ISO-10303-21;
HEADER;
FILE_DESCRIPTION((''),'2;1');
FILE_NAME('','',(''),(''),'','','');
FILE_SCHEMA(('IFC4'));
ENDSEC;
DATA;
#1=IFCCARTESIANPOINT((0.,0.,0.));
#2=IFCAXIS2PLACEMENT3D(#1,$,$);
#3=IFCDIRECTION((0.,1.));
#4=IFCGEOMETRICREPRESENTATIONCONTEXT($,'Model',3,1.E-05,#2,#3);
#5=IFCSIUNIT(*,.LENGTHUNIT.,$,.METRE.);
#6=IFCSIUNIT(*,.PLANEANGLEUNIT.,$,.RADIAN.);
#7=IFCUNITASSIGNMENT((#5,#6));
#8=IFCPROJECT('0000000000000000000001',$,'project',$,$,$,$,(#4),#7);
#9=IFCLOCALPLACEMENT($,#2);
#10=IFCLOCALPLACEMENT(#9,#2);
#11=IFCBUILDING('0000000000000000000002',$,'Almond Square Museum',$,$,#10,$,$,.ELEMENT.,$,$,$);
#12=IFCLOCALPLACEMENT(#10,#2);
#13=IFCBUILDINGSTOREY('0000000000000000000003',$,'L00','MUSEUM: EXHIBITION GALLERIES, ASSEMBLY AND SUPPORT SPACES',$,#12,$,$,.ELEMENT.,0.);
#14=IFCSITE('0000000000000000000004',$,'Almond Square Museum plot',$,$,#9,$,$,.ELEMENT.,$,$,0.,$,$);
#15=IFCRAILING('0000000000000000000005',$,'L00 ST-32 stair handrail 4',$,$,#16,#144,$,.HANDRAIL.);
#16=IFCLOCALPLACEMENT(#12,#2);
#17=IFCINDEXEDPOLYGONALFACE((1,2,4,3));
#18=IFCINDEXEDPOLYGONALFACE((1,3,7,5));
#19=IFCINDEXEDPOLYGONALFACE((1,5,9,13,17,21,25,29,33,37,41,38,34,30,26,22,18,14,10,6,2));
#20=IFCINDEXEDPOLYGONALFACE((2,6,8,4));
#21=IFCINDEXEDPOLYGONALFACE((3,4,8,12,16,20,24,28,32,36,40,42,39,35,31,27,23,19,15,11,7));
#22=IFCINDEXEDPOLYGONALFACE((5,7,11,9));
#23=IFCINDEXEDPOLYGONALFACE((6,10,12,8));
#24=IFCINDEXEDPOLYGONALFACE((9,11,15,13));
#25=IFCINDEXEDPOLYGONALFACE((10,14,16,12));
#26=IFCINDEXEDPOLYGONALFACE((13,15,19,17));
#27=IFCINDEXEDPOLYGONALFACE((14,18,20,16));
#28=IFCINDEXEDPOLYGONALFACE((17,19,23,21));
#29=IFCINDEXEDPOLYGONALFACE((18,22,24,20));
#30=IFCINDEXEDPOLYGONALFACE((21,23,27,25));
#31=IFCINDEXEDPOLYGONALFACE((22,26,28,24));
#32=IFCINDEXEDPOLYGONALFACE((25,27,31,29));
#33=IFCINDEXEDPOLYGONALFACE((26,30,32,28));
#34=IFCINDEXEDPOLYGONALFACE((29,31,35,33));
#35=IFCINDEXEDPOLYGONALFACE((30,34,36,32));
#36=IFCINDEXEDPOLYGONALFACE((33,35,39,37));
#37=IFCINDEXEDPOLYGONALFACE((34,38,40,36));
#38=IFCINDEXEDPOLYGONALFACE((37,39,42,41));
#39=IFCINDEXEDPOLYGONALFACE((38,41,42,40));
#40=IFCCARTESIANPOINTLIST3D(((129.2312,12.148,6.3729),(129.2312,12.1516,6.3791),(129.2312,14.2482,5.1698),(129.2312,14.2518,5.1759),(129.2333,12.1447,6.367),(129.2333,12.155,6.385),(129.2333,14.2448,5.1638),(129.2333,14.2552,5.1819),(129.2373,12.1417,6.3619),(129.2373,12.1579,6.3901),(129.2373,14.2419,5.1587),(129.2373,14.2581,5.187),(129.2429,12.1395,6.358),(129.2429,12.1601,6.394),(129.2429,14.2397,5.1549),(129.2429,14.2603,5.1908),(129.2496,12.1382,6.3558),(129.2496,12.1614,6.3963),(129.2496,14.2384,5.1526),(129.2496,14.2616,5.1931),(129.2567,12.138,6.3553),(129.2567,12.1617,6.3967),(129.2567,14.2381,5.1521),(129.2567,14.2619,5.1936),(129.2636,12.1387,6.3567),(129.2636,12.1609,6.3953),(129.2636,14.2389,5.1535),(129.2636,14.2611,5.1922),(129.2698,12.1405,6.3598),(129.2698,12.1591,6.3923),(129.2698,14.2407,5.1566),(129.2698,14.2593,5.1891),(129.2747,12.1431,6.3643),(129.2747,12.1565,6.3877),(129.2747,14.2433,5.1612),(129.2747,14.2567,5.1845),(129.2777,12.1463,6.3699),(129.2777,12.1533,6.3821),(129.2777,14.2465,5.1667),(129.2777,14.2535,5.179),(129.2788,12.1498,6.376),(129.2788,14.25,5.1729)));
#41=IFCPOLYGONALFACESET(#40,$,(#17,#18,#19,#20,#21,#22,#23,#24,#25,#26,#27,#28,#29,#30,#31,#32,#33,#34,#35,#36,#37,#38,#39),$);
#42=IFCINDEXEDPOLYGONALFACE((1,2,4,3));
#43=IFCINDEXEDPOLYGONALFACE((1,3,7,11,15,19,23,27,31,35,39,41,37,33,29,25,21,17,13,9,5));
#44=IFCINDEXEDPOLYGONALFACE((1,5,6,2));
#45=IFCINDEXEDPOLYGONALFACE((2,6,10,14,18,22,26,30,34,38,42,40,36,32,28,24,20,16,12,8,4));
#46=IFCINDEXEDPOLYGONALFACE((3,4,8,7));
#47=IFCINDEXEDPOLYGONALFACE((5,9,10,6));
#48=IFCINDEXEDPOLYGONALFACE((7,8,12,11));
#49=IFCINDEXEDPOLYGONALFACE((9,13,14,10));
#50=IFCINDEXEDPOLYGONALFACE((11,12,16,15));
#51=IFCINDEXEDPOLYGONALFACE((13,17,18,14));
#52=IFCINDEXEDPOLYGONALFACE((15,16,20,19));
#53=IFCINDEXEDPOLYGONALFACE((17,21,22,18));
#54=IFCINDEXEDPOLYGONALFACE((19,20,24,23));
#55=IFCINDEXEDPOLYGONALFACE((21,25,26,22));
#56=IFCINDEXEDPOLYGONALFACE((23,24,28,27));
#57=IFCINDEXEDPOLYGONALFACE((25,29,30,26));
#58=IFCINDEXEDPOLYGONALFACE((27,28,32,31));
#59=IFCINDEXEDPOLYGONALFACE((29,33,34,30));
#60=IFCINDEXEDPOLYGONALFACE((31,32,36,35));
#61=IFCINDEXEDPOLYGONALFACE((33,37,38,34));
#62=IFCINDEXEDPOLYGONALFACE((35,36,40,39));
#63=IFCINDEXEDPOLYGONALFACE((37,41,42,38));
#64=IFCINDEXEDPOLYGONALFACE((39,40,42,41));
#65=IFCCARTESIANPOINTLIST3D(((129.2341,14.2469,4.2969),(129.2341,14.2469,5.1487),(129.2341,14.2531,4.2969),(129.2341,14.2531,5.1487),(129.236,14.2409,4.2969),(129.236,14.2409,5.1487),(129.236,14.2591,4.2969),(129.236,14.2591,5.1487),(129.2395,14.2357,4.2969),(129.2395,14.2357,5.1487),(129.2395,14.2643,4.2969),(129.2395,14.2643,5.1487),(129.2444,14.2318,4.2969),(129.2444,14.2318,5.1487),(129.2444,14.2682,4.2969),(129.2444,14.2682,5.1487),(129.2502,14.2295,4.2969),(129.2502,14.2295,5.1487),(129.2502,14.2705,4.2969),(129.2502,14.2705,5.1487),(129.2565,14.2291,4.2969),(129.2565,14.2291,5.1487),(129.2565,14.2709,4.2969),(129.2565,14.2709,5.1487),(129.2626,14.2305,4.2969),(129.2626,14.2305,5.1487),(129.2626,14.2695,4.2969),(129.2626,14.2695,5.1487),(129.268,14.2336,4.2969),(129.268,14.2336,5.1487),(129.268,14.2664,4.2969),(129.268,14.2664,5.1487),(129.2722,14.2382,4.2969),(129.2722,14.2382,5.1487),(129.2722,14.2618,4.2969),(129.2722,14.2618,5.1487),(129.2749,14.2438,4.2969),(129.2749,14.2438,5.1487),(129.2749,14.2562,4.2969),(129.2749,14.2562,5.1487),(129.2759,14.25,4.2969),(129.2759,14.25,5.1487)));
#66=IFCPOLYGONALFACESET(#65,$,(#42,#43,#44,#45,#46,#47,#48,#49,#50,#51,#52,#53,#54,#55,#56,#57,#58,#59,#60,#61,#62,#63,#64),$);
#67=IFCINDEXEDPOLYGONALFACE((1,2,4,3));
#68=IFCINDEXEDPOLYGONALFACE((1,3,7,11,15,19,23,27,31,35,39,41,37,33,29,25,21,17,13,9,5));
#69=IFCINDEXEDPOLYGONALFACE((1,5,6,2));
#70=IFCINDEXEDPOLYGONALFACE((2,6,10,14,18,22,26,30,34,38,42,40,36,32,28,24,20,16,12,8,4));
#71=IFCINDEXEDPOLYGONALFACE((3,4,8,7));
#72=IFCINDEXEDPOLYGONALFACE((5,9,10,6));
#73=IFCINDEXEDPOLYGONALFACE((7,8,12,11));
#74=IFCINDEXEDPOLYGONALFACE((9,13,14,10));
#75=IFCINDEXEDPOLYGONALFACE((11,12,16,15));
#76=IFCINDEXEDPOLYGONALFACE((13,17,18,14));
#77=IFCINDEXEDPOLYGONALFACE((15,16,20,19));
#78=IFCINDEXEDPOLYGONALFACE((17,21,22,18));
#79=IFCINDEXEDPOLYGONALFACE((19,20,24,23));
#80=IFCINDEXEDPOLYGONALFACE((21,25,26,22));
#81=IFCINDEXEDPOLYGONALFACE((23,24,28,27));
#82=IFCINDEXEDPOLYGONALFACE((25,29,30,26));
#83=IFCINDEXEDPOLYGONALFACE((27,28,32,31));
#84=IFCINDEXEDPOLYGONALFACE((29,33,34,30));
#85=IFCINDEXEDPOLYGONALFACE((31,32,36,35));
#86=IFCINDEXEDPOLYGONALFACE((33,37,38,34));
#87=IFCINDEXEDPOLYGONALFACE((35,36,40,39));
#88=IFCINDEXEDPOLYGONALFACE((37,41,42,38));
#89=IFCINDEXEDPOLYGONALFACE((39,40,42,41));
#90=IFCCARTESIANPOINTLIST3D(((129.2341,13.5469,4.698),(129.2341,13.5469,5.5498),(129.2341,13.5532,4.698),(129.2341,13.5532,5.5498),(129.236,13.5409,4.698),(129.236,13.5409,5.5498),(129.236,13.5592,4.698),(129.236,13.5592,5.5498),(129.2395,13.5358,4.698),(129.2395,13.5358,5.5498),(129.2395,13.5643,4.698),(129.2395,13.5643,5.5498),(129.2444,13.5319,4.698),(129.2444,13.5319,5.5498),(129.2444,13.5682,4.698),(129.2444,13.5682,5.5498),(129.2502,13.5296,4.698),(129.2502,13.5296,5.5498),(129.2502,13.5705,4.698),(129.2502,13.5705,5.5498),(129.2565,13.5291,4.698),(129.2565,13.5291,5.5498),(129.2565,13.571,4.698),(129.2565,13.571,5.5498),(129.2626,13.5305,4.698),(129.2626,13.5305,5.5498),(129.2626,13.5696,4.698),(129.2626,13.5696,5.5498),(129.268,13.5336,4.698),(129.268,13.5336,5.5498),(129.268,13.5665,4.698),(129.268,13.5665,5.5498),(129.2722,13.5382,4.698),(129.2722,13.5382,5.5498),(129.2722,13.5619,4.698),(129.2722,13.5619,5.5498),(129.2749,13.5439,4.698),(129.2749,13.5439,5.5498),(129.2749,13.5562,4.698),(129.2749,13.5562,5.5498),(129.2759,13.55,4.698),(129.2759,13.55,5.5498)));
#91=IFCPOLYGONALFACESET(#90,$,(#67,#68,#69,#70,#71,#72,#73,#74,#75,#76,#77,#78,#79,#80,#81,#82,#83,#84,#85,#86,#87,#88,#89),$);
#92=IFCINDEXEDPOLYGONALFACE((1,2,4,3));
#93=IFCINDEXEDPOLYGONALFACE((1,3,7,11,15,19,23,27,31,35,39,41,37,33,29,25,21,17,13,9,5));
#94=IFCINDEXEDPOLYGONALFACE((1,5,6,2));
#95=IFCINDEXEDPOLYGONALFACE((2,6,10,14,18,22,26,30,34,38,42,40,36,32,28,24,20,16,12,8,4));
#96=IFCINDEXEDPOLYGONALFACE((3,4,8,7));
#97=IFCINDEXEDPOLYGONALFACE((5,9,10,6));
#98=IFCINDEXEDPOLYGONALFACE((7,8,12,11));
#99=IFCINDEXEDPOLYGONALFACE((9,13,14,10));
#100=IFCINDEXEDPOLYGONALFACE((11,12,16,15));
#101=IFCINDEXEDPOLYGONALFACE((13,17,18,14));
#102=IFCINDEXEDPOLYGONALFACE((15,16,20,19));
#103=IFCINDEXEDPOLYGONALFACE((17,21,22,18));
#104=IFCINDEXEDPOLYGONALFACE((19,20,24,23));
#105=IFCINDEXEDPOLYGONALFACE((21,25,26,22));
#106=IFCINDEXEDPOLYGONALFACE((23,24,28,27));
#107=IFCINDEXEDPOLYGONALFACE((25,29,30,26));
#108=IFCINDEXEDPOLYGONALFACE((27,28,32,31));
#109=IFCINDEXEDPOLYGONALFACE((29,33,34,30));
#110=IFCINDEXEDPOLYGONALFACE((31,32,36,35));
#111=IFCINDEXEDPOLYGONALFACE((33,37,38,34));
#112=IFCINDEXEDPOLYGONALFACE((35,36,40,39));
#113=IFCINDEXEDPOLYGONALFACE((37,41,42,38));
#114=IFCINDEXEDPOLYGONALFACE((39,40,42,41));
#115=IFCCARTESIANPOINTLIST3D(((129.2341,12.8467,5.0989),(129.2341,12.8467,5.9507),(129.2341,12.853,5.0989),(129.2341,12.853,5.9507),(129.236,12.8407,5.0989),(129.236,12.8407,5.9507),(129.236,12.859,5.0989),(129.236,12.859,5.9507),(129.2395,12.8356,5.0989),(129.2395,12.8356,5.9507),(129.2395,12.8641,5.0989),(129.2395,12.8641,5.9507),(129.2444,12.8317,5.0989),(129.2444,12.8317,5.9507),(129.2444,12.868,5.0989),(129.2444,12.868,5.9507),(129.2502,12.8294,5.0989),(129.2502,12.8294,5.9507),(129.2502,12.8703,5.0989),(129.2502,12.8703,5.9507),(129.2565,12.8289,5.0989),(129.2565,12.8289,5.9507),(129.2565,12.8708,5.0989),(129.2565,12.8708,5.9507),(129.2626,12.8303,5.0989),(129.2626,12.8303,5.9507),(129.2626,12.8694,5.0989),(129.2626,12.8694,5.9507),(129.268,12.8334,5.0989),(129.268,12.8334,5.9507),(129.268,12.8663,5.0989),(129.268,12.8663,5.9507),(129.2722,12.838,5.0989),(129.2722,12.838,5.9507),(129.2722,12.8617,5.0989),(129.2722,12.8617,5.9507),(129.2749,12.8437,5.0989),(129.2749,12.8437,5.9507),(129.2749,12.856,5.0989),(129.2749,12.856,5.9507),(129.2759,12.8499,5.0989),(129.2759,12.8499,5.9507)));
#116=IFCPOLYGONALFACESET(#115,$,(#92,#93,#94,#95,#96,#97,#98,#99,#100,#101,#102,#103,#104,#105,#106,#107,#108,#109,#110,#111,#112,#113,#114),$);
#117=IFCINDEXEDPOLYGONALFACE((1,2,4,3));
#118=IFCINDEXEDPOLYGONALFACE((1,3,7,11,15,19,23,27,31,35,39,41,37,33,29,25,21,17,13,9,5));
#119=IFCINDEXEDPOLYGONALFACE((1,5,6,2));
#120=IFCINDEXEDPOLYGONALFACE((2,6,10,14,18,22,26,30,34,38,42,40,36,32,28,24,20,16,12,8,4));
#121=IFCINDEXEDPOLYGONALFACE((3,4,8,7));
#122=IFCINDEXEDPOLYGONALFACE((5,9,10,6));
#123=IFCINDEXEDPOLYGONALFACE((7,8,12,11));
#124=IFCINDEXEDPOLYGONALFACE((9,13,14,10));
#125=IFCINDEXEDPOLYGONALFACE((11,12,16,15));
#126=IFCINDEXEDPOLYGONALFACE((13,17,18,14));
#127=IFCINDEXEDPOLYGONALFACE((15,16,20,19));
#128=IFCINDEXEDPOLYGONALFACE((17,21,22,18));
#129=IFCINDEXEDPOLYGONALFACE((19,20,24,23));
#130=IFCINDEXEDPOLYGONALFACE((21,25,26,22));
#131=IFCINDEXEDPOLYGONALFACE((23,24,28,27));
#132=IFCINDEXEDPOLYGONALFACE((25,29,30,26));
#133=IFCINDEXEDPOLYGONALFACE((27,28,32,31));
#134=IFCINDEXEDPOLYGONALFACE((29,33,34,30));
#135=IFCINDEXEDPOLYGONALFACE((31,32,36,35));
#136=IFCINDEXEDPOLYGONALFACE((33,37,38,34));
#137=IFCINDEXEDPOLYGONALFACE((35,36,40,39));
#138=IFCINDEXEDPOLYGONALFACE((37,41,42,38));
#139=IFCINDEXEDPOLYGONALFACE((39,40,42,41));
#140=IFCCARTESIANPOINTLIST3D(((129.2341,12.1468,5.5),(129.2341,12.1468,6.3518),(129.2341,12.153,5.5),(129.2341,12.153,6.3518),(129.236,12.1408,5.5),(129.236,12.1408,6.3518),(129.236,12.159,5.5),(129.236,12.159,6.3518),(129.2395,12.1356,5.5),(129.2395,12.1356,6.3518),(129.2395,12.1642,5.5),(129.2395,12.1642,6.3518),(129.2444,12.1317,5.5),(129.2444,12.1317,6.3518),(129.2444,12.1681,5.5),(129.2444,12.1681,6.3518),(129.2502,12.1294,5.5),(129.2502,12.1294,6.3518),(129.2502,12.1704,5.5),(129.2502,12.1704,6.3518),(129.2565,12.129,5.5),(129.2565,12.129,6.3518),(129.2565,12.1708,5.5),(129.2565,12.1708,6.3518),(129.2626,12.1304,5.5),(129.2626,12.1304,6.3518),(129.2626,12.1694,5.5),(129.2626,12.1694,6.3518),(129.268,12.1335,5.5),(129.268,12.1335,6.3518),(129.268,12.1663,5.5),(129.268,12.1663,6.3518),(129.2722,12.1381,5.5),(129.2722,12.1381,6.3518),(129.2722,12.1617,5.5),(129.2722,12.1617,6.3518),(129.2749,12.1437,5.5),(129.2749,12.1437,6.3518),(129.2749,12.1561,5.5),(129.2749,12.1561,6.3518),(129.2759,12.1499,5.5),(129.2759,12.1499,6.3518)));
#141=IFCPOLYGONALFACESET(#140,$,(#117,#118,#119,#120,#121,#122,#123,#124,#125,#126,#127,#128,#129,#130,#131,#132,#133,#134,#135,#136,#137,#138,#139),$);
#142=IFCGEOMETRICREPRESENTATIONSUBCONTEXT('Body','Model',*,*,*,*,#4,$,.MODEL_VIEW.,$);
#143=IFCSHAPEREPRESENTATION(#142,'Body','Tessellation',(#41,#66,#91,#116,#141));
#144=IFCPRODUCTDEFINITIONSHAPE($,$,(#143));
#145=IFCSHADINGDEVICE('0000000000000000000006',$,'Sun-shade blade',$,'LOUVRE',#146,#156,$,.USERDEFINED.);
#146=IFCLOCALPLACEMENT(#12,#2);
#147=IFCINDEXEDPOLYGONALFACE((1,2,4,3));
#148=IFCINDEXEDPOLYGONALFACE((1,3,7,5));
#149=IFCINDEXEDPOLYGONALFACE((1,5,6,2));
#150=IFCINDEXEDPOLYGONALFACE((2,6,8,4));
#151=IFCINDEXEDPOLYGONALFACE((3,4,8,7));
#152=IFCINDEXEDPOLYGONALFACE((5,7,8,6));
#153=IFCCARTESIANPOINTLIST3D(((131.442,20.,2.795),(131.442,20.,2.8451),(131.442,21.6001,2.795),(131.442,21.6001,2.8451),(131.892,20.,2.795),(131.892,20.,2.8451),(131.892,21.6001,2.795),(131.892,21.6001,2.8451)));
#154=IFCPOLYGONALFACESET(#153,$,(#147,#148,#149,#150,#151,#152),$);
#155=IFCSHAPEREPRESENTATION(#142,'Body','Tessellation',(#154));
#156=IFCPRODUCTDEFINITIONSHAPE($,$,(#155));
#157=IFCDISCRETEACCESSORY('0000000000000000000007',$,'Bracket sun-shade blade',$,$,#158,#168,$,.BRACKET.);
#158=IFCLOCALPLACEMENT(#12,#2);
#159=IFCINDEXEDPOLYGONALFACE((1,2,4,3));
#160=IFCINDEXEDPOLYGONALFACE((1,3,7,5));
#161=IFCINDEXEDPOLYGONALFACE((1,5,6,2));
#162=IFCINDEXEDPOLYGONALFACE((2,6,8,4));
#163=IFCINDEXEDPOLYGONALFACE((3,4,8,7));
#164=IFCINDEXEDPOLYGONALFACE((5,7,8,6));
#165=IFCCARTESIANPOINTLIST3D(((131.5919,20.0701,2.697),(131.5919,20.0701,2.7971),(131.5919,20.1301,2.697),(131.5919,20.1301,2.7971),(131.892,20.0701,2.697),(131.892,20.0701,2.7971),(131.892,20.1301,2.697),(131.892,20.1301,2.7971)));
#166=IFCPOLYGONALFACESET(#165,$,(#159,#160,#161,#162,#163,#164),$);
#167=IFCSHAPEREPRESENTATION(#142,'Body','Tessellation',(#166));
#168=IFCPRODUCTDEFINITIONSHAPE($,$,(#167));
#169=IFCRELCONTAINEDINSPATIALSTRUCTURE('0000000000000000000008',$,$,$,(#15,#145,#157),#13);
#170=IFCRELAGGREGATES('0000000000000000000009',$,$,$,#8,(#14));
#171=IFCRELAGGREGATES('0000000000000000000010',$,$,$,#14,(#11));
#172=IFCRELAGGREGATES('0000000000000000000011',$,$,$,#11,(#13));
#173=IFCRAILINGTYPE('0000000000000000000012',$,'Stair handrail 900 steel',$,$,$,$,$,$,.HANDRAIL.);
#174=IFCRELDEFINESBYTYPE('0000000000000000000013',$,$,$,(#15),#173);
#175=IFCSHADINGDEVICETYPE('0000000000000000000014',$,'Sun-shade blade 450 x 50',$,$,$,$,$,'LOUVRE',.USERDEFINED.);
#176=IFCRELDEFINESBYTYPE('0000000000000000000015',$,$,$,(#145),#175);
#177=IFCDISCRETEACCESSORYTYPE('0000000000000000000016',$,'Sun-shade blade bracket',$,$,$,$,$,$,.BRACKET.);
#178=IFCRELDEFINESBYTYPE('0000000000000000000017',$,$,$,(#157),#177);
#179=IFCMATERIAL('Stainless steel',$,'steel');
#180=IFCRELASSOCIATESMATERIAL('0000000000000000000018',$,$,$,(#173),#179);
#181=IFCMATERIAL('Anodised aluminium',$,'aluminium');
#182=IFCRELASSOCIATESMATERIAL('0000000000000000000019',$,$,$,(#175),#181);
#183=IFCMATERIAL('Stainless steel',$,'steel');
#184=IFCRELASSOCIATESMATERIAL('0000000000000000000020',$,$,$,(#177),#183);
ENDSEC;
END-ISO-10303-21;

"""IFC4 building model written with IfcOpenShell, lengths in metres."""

from ifc_helpers import new_model, si_unit, direction, frame, origin, origin_2d, place, context, subcontext, project, spatial, rectangle, circle, extrude, material, material_profile, profile_set, type_object, element, save


model = new_model("IFC4")

# Units and contexts
model_context = context("Model", 3, precision=1e-05, world=origin(), true_north=direction((0.0, 1.0)))
body_context = subcontext(model_context, "Body", "Model", "MODEL_VIEW")
ifc_project = project(units=[si_unit("LENGTHUNIT", "METRE"), si_unit("PLANEANGLEUNIT", "RADIAN")], contexts=[model_context])

# Site, building, storey
site_placement = place(None, origin())
site = spatial("IfcSite", under=ifc_project, at=site_placement, Name="Almond Square Museum plot", CompositionType="ELEMENT", RefElevation=0.0)
building_placement = place(site_placement, origin())
building = spatial("IfcBuilding", under=site, at=building_placement, Name="Almond Square Museum", CompositionType="ELEMENT")
storey_placement = place(building_placement, origin())
storey = spatial("IfcBuildingStorey", under=building, at=storey_placement, Name="L00", Description="MUSEUM: EXHIBITION GALLERIES, ASSEMBLY AND SUPPORT SPACES", CompositionType="ELEMENT", Elevation=0.0)

# Railing
ifc_material_1 = material(Name="Stainless steel", Category="steel")
railing_type_1 = type_object("IfcRailingType", Name="Stair handrail 900 steel", PredefinedType="HANDRAIL", material=ifc_material_1)
railing_1_placement = place(storey_placement, frame((129.2549, 14.25, 4.2969)))
element("IfcRailing", 1, at=railing_1_placement, inside=storey, type_object=railing_type_1, Name="L00 ST-32 stair handrail 4", PredefinedType="HANDRAIL", context=body_context, shape_type="SweptSolid", body=[
    extrude(circle(Radius=0.0239, at=origin_2d()), frame((0.0, 0.0, 0.876), z_axis=(0.0, -0.867696, 0.497095), x_axis=(1.0, 0.0, 0.0)), (0.0, 0.0, 1.0), 2.4204),
    extrude(circle(Radius=0.021, at=origin_2d()), origin(), (0.0, 0.0, 1.0), 0.8518),
    extrude(circle(Radius=0.021, at=origin_2d()), frame((0.0, -0.7, 0.4011)), (0.0, 0.0, 1.0), 0.8518),
    extrude(circle(Radius=0.021, at=origin_2d()), frame((0.0, -1.4001, 0.802)), (0.0, 0.0, 1.0), 0.8518),
    extrude(circle(Radius=0.021, at=origin_2d()), frame((0.0, -2.1001, 1.2031)), (0.0, 0.0, 1.0), 0.8518),
])

# Shading device
ifc_material_2 = material(Name="Anodised aluminium", Category="aluminium")
ifc_material_profile_1 = material_profile(ifc_material_2, rectangle(XDim=0.45, YDim=0.05, at=origin_2d()))
ifc_profile_set_1 = profile_set([ifc_material_profile_1], Name="Anodised aluminium")
shading_device_type = type_object("IfcShadingDeviceType", Name="Sun-shade blade 450 x 50", ElementType="LOUVRE", PredefinedType="USERDEFINED", material=ifc_profile_set_1)
shading_device_placement = place(storey_placement, frame((131.667, 20.0, 2.8201), z_axis=(0.0, 1.0, 0.0), x_axis=(-1.0, 0.0, 0.0)))
element("IfcShadingDevice", 2, at=shading_device_placement, inside=storey, type_object=shading_device_type, Name="Sun-shade blade", ObjectType="LOUVRE", PredefinedType="USERDEFINED", context=body_context, shape_type="SweptSolid", body=[
    extrude(rectangle(XDim=0.45, YDim=0.05, at=origin_2d()), origin(), (0.0, 0.0, 1.0), 1.6001),
])

# Discrete accessory
ifc_material_3 = material(Name="Stainless steel", Category="steel")
discrete_accessory_type = type_object("IfcDiscreteAccessoryType", Name="Sun-shade blade bracket", PredefinedType="BRACKET", material=ifc_material_3)
discrete_accessory_placement = place(storey_placement, frame((131.7419, 20.1001, 2.697), z_axis=(0.0, 0.0, 1.0), x_axis=(1.0, 0.0, 0.0)))
element("IfcDiscreteAccessory", 3, at=discrete_accessory_placement, inside=storey, type_object=discrete_accessory_type, Name="Bracket sun-shade blade", PredefinedType="BRACKET", context=body_context, shape_type="SweptSolid", body=[
    extrude(rectangle(XDim=0.3, YDim=0.0601, at=origin_2d()), origin(), (0.0, 0.0, 1.0), 0.1001),
])

save(model, "model.ifc")
